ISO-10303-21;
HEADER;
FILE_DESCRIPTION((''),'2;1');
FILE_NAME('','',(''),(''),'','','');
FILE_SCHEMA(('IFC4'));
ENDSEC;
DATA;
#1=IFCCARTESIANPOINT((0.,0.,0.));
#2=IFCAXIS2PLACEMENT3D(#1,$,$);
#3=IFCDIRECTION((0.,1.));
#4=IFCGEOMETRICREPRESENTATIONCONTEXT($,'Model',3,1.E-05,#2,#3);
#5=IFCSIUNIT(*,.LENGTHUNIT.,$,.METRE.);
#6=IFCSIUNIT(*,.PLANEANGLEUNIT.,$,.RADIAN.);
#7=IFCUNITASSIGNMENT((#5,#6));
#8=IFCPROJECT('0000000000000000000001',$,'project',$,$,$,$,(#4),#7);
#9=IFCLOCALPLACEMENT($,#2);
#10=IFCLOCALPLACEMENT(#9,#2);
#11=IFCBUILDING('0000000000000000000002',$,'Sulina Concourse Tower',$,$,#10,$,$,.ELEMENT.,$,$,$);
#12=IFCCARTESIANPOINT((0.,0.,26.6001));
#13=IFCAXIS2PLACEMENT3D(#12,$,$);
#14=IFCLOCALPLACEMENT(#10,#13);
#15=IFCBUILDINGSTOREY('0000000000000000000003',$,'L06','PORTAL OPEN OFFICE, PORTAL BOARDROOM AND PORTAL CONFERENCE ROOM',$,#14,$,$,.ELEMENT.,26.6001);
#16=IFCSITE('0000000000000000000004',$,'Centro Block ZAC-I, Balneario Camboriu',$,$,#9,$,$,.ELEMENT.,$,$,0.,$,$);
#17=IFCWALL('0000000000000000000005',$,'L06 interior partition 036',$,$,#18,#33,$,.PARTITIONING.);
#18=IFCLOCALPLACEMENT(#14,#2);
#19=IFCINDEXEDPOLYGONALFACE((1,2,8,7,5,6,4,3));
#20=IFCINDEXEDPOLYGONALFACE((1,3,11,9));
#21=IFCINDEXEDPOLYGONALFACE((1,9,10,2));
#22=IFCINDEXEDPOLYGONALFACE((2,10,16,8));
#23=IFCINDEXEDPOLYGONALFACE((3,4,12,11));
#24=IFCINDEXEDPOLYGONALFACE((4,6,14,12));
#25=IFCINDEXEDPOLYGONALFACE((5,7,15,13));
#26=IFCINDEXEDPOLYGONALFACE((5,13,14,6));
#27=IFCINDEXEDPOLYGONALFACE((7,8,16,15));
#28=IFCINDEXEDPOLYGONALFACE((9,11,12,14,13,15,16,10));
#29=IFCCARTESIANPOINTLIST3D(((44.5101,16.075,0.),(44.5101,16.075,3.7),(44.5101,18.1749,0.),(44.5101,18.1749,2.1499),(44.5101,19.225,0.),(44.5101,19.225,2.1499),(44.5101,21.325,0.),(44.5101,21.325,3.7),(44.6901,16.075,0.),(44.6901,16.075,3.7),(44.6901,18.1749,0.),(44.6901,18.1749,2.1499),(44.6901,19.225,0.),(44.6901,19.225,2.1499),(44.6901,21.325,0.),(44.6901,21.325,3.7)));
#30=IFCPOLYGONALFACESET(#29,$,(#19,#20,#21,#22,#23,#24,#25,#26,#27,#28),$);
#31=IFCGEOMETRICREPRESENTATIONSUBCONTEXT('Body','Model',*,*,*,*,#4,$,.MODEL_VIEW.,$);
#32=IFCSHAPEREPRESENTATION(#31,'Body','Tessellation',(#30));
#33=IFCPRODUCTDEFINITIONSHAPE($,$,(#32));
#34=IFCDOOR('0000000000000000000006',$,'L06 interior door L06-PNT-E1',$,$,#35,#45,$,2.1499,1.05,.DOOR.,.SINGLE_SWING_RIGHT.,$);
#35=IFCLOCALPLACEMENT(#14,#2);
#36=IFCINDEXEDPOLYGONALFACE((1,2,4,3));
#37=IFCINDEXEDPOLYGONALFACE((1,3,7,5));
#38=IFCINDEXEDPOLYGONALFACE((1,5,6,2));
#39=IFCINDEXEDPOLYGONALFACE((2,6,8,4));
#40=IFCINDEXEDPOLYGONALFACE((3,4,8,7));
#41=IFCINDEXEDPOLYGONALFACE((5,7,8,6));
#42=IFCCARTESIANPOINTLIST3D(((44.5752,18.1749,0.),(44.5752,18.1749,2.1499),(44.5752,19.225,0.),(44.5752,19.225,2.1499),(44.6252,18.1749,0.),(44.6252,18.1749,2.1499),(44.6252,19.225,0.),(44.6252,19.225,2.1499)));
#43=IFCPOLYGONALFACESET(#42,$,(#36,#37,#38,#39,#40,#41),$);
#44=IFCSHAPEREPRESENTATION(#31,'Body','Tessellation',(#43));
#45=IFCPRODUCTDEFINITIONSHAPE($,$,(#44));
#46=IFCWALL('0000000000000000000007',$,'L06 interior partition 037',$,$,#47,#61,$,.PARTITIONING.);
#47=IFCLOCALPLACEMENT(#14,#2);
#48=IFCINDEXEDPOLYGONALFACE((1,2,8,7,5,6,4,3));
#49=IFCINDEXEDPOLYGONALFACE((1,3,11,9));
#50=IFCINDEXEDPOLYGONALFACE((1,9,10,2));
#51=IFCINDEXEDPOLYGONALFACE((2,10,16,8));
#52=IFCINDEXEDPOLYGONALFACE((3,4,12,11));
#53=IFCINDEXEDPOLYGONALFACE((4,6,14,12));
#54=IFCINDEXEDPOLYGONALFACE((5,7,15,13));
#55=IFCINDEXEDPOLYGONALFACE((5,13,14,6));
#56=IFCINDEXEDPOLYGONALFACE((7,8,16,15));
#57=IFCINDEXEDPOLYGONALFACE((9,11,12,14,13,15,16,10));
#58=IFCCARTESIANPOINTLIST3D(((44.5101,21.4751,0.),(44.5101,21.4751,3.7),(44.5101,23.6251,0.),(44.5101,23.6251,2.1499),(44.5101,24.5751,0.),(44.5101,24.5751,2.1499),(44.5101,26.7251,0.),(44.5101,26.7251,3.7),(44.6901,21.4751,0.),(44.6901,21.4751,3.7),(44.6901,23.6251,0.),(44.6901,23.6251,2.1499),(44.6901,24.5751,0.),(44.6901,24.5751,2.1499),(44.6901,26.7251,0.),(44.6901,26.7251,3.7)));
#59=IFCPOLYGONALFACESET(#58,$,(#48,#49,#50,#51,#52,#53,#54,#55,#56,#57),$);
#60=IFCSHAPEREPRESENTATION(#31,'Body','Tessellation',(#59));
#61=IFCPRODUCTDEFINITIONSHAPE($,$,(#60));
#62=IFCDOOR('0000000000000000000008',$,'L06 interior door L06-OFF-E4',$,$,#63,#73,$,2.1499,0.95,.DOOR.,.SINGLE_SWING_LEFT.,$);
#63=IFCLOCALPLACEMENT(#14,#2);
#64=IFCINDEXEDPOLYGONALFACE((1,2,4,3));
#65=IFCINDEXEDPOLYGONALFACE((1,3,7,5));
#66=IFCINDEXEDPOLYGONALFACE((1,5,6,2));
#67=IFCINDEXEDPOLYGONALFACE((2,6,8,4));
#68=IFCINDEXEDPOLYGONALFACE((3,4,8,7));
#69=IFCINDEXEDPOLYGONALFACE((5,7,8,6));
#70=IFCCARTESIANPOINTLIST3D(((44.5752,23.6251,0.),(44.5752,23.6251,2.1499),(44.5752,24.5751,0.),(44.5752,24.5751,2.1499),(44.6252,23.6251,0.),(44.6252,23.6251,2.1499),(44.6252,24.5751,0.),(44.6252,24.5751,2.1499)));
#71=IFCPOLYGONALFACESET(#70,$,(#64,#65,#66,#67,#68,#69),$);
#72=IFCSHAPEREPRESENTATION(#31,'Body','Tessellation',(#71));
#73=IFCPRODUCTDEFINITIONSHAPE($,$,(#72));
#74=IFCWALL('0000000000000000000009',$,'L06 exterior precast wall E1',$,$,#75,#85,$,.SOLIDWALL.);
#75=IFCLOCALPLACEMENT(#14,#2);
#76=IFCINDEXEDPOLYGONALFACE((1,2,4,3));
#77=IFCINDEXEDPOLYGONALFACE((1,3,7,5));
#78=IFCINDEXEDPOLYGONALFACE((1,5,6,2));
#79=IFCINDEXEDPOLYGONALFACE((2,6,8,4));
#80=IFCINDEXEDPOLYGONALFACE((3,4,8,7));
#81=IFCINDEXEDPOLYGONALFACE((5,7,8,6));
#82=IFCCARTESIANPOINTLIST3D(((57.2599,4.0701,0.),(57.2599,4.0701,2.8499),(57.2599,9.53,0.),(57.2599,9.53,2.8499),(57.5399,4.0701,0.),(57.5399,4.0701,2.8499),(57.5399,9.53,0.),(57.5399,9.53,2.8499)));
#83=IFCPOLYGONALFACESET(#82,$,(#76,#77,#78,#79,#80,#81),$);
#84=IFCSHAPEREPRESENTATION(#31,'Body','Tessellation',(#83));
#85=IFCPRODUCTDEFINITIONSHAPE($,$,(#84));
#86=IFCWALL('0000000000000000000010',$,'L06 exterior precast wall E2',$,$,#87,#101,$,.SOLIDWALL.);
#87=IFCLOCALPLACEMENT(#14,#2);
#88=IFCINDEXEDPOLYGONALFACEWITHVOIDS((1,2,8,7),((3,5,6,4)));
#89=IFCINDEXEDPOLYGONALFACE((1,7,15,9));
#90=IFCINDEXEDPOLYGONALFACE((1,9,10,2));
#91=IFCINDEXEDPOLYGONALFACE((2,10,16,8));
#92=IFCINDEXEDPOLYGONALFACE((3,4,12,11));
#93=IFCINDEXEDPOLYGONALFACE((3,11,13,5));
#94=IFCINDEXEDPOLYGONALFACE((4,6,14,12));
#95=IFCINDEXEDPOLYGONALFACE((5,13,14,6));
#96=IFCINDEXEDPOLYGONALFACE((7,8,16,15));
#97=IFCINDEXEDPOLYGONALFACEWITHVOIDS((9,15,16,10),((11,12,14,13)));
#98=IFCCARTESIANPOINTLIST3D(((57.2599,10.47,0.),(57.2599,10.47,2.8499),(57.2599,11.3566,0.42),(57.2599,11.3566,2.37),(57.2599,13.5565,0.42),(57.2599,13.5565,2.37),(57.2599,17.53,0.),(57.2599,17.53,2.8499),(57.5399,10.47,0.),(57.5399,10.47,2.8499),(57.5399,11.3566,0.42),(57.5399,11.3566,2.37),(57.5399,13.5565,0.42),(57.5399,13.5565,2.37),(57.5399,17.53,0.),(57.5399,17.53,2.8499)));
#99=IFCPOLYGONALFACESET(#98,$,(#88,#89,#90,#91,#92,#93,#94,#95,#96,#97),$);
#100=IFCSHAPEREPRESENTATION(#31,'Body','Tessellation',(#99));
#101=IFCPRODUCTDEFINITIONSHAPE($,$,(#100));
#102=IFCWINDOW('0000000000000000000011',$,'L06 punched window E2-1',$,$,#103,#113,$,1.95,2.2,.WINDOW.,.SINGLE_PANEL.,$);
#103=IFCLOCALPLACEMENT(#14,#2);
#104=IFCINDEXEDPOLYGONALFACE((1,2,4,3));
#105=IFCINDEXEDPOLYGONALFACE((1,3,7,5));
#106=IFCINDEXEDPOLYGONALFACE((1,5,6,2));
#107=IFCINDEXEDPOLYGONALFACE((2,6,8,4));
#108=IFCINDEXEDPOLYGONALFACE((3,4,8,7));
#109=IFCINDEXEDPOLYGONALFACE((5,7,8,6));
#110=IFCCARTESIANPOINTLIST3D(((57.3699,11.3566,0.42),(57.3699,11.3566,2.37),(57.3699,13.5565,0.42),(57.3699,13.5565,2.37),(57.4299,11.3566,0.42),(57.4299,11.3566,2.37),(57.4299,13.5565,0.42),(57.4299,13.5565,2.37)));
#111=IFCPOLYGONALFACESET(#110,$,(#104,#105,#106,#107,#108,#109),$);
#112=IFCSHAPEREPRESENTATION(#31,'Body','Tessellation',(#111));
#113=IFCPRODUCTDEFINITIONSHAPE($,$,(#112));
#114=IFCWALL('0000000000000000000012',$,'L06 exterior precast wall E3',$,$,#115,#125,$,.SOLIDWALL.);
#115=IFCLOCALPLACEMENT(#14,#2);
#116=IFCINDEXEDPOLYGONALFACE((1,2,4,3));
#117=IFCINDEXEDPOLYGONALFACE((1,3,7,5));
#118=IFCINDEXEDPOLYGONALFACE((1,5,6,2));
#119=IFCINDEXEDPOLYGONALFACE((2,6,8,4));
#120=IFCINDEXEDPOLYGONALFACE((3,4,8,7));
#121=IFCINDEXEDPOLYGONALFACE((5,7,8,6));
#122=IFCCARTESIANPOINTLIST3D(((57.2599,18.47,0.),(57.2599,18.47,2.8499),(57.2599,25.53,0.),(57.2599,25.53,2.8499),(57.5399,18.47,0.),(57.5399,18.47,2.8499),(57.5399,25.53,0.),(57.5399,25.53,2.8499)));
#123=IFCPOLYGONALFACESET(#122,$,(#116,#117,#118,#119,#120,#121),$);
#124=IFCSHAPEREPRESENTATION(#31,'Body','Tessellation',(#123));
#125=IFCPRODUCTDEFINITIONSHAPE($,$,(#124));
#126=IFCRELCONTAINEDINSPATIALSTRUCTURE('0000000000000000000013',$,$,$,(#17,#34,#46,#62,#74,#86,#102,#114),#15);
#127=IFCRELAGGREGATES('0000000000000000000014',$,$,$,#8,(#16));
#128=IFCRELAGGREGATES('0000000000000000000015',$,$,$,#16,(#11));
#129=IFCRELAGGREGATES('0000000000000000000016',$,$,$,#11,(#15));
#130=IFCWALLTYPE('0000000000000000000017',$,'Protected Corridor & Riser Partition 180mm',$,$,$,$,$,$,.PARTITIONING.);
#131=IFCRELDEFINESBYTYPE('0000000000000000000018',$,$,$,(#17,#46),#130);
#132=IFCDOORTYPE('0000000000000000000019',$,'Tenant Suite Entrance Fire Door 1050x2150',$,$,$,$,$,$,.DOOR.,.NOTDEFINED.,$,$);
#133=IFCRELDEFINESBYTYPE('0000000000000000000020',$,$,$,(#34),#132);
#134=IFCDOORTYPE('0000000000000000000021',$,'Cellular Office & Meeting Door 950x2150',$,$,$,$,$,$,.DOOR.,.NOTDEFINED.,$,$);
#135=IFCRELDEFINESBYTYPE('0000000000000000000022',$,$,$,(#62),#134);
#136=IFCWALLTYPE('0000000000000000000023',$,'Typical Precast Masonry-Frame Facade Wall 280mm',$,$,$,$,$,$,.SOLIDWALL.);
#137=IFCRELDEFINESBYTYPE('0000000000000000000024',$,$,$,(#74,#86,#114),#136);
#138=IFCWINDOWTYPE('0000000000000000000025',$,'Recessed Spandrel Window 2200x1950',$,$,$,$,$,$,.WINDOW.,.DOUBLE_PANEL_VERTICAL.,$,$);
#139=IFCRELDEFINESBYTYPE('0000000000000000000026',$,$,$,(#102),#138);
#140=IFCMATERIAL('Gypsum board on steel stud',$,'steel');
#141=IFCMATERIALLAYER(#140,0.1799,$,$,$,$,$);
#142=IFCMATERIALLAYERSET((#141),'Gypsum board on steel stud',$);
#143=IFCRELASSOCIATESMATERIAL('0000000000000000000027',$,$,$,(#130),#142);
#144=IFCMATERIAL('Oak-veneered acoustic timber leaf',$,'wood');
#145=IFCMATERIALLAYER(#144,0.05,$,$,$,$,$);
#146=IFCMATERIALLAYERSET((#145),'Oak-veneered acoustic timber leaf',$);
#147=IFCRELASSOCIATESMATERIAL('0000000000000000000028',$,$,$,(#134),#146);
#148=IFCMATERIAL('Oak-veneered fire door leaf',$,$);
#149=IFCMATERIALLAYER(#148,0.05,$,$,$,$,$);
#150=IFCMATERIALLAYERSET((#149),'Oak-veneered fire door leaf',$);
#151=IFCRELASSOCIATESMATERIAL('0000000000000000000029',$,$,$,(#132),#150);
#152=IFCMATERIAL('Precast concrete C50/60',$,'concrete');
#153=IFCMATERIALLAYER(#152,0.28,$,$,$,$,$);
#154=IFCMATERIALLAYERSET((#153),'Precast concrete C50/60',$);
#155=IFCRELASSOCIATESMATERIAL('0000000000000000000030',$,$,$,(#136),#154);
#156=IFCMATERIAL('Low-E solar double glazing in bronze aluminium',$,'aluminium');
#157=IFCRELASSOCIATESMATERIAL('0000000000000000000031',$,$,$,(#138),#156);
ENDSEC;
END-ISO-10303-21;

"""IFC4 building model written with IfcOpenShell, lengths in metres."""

from ifc_helpers import new_model, si_unit, direction, frame, frame_2d, origin, place, context, subcontext, project, spatial, rectangle, extrude, material, layer, layer_set, type_object, element, fill, save


model = new_model("IFC4")

# Units and contexts
model_context = context("Model", 3, precision=1e-05, world=origin(), true_north=direction((0.0, 1.0)))
body_context = subcontext(model_context, "Body", "Model", "MODEL_VIEW")
ifc_project = project(units=[si_unit("LENGTHUNIT", "METRE"), si_unit("PLANEANGLEUNIT", "RADIAN")], contexts=[model_context])

# Site, building, storey
site_placement = place(None, origin())
site = spatial("IfcSite", under=ifc_project, at=site_placement, Name="Centro Block ZAC-I, Balneario Camboriu", CompositionType="ELEMENT", RefElevation=0.0)
building_placement = place(site_placement, origin())
building = spatial("IfcBuilding", under=site, at=building_placement, Name="Sulina Concourse Tower", CompositionType="ELEMENT")
storey_placement = place(building_placement, frame((0.0, 0.0, 26.6001)))
storey = spatial("IfcBuildingStorey", under=building, at=storey_placement, Name="L06", Description="PORTAL OPEN OFFICE, PORTAL BOARDROOM AND PORTAL CONFERENCE ROOM", CompositionType="ELEMENT", Elevation=26.6001)

# Shared definitions
ifc_material_1 = material(Name="Gypsum board on steel stud", Category="steel")
ifc_layer_1 = layer(ifc_material_1, 0.1799)
ifc_layer_set_1 = layer_set([ifc_layer_1], Name="Gypsum board on steel stud")
wall_type_1 = type_object("IfcWallType", Name="Protected Corridor & Riser Partition 180mm", PredefinedType="PARTITIONING", material=ifc_layer_set_1)

# Walls, openings, doors
ifc_material_2 = material(Name="Oak-veneered acoustic timber leaf", Category="wood")
ifc_layer_2 = layer(ifc_material_2, 0.05)
ifc_layer_set_2 = layer_set([ifc_layer_2], Name="Oak-veneered acoustic timber leaf")
door_type_1 = type_object("IfcDoorType", Name="Cellular Office & Meeting Door 950x2150", OperationType="NOTDEFINED", PredefinedType="DOOR", material=ifc_layer_set_2)
wall_1_placement = place(storey_placement, frame((44.6001, 16.075, 0.0), z_axis=(0.0, 0.0, 1.0), x_axis=(0.0, 1.0, 0.0)))
wall_1 = element("IfcWall", 1, at=wall_1_placement, inside=storey, type_object=wall_type_1, Name="L06 interior partition 036", PredefinedType="PARTITIONING", context=body_context, shape_type="SweptSolid", body=[
    extrude(rectangle(XDim=5.25, YDim=0.1799, at=frame_2d((2.625, 0.0))), origin(), (0.0, 0.0, 1.0), 3.7),
])
opening_1_placement = place(wall_1_placement, frame((2.1001, 0.0, 0.0)))
opening_1 = element("IfcOpeningElement", 2, at=opening_1_placement, cuts=wall_1, PredefinedType="OPENING", context=body_context, shape_type="SweptSolid", body=[
    extrude(rectangle(XDim=1.05, YDim=2.1499, at=frame_2d((0.5249, 1.075))), frame((0.0, 0.0999, 0.0), z_axis=(0.0, -1.0, 0.0), x_axis=(1.0, 0.0, 0.0)), (0.0, 0.0, 1.0), 0.2),
])
ifc_material_3 = material(Name="Oak-veneered fire door leaf")
ifc_layer_3 = layer(ifc_material_3, 0.05)
ifc_layer_set_3 = layer_set([ifc_layer_3], Name="Oak-veneered fire door leaf")
door_type_2 = type_object("IfcDoorType", Name="Tenant Suite Entrance Fire Door 1050x2150", OperationType="NOTDEFINED", PredefinedType="DOOR", material=ifc_layer_set_3)
door_1_placement = place(opening_1_placement, origin())
door_1 = element("IfcDoor", 3, at=door_1_placement, inside=storey, type_object=door_type_2, Name="L06 interior door L06-PNT-E1", OperationType="SINGLE_SWING_RIGHT", OverallHeight=2.1499, OverallWidth=1.05, PredefinedType="DOOR", context=body_context, shape_type="SweptSolid", body=[
    extrude(rectangle(XDim=1.05, YDim=2.1499, at=frame_2d((0.5249, 1.075))), frame((0.0, 0.0249, 0.0), z_axis=(0.0, -1.0, 0.0), x_axis=(1.0, 0.0, 0.0)), (0.0, 0.0, 1.0), 0.05),
])
fill(opening_1, door_1)
wall_2_placement = place(storey_placement, frame((44.6001, 21.4751, 0.0), z_axis=(0.0, 0.0, 1.0), x_axis=(0.0, 1.0, 0.0)))
wall_2 = element("IfcWall", 4, at=wall_2_placement, inside=storey, type_object=wall_type_1, Name="L06 interior partition 037", PredefinedType="PARTITIONING", context=body_context, shape_type="SweptSolid", body=[
    extrude(rectangle(XDim=5.25, YDim=0.1799, at=frame_2d((2.625, 0.0))), origin(), (0.0, 0.0, 1.0), 3.7),
])
opening_2_placement = place(wall_2_placement, frame((2.1499, 0.0, 0.0)))
opening_2 = element("IfcOpeningElement", 5, at=opening_2_placement, cuts=wall_2, PredefinedType="OPENING", context=body_context, shape_type="SweptSolid", body=[
    extrude(rectangle(XDim=0.95, YDim=2.1499, at=frame_2d((0.4751, 1.075))), frame((0.0, 0.0999, 0.0), z_axis=(0.0, -1.0, 0.0), x_axis=(1.0, 0.0, 0.0)), (0.0, 0.0, 1.0), 0.2),
])
door_2_placement = place(opening_2_placement, origin())
door_2 = element("IfcDoor", 6, at=door_2_placement, inside=storey, type_object=door_type_1, Name="L06 interior door L06-OFF-E4", OperationType="SINGLE_SWING_LEFT", OverallHeight=2.1499, OverallWidth=0.95, PredefinedType="DOOR", context=body_context, shape_type="SweptSolid", body=[
    extrude(rectangle(XDim=0.95, YDim=2.1499, at=frame_2d((0.4751, 1.075))), frame((0.0, 0.0249, 0.0), z_axis=(0.0, -1.0, 0.0), x_axis=(1.0, 0.0, 0.0)), (0.0, 0.0, 1.0), 0.05),
])
fill(opening_2, door_2)

# Wall
ifc_material_4 = material(Name="Precast concrete C50/60", Category="concrete")
ifc_layer_4 = layer(ifc_material_4, 0.28)
ifc_layer_set_4 = layer_set([ifc_layer_4], Name="Precast concrete C50/60")
wall_type_2 = type_object("IfcWallType", Name="Typical Precast Masonry-Frame Facade Wall 280mm", PredefinedType="SOLIDWALL", material=ifc_layer_set_4)
wall_3_placement = place(storey_placement, frame((57.3999, 9.53, 0.0), z_axis=(0.0, 0.0, 1.0), x_axis=(0.0, -1.0, 0.0)))
element("IfcWall", 7, at=wall_3_placement, inside=storey, type_object=wall_type_2, Name="L06 exterior precast wall E1", PredefinedType="SOLIDWALL", context=body_context, shape_type="SweptSolid", body=[
    extrude(rectangle(XDim=5.46, YDim=0.28, at=frame_2d((2.73, 0.0))), origin(), (0.0, 0.0, 1.0), 2.8499),
])

# Wall, opening, window
wall_4_placement = place(storey_placement, frame((57.3999, 17.53, 0.0), z_axis=(0.0, 0.0, 1.0), x_axis=(0.0, -1.0, 0.0)))
wall_4 = element("IfcWall", 8, at=wall_4_placement, inside=storey, type_object=wall_type_2, Name="L06 exterior precast wall E2", PredefinedType="SOLIDWALL", context=body_context, shape_type="SweptSolid", body=[
    extrude(rectangle(XDim=7.0601, YDim=0.28, at=frame_2d((3.53, 0.0))), origin(), (0.0, 0.0, 1.0), 2.8499),
])
opening_3_placement = place(wall_4_placement, frame((3.9734, 0.0, 0.4199)))
opening_3 = element("IfcOpeningElement", 9, at=opening_3_placement, cuts=wall_4, PredefinedType="OPENING", context=body_context, shape_type="SweptSolid", body=[
    extrude(rectangle(XDim=2.2, YDim=1.95, at=frame_2d((1.1001, 0.9751))), frame((0.0, 0.1499, 0.0), z_axis=(0.0, -1.0, 0.0), x_axis=(1.0, 0.0, 0.0)), (0.0, 0.0, 1.0), 0.3),
])
ifc_material_5 = material(Name="Low-E solar double glazing in bronze aluminium", Category="aluminium")
window_type = type_object("IfcWindowType", Name="Recessed Spandrel Window 2200x1950", PartitioningType="DOUBLE_PANEL_VERTICAL", PredefinedType="WINDOW", material=ifc_material_5)
window_placement = place(opening_3_placement, origin())
window = element("IfcWindow", 10, at=window_placement, inside=storey, type_object=window_type, Name="L06 punched window E2-1", OverallHeight=1.95, OverallWidth=2.2, PartitioningType="SINGLE_PANEL", PredefinedType="WINDOW", context=body_context, shape_type="SweptSolid", body=[
    extrude(rectangle(XDim=2.2, YDim=1.95, at=frame_2d((1.1001, 0.9751))), frame((0.0, 0.03, 0.0), z_axis=(0.0, -1.0, 0.0), x_axis=(1.0, 0.0, 0.0)), (0.0, 0.0, 1.0), 0.0601),
])
fill(opening_3, window)

# Wall
wall_5_placement = place(storey_placement, frame((57.3999, 25.53, 0.0), z_axis=(0.0, 0.0, 1.0), x_axis=(0.0, -1.0, 0.0)))
element("IfcWall", 11, at=wall_5_placement, inside=storey, type_object=wall_type_2, Name="L06 exterior precast wall E3", PredefinedType="SOLIDWALL", context=body_context, shape_type="SweptSolid", body=[
    extrude(rectangle(XDim=7.0601, YDim=0.28, at=frame_2d((3.53, 0.0))), origin(), (0.0, 0.0, 1.0), 2.8499),
])

save(model, "model.ifc")
